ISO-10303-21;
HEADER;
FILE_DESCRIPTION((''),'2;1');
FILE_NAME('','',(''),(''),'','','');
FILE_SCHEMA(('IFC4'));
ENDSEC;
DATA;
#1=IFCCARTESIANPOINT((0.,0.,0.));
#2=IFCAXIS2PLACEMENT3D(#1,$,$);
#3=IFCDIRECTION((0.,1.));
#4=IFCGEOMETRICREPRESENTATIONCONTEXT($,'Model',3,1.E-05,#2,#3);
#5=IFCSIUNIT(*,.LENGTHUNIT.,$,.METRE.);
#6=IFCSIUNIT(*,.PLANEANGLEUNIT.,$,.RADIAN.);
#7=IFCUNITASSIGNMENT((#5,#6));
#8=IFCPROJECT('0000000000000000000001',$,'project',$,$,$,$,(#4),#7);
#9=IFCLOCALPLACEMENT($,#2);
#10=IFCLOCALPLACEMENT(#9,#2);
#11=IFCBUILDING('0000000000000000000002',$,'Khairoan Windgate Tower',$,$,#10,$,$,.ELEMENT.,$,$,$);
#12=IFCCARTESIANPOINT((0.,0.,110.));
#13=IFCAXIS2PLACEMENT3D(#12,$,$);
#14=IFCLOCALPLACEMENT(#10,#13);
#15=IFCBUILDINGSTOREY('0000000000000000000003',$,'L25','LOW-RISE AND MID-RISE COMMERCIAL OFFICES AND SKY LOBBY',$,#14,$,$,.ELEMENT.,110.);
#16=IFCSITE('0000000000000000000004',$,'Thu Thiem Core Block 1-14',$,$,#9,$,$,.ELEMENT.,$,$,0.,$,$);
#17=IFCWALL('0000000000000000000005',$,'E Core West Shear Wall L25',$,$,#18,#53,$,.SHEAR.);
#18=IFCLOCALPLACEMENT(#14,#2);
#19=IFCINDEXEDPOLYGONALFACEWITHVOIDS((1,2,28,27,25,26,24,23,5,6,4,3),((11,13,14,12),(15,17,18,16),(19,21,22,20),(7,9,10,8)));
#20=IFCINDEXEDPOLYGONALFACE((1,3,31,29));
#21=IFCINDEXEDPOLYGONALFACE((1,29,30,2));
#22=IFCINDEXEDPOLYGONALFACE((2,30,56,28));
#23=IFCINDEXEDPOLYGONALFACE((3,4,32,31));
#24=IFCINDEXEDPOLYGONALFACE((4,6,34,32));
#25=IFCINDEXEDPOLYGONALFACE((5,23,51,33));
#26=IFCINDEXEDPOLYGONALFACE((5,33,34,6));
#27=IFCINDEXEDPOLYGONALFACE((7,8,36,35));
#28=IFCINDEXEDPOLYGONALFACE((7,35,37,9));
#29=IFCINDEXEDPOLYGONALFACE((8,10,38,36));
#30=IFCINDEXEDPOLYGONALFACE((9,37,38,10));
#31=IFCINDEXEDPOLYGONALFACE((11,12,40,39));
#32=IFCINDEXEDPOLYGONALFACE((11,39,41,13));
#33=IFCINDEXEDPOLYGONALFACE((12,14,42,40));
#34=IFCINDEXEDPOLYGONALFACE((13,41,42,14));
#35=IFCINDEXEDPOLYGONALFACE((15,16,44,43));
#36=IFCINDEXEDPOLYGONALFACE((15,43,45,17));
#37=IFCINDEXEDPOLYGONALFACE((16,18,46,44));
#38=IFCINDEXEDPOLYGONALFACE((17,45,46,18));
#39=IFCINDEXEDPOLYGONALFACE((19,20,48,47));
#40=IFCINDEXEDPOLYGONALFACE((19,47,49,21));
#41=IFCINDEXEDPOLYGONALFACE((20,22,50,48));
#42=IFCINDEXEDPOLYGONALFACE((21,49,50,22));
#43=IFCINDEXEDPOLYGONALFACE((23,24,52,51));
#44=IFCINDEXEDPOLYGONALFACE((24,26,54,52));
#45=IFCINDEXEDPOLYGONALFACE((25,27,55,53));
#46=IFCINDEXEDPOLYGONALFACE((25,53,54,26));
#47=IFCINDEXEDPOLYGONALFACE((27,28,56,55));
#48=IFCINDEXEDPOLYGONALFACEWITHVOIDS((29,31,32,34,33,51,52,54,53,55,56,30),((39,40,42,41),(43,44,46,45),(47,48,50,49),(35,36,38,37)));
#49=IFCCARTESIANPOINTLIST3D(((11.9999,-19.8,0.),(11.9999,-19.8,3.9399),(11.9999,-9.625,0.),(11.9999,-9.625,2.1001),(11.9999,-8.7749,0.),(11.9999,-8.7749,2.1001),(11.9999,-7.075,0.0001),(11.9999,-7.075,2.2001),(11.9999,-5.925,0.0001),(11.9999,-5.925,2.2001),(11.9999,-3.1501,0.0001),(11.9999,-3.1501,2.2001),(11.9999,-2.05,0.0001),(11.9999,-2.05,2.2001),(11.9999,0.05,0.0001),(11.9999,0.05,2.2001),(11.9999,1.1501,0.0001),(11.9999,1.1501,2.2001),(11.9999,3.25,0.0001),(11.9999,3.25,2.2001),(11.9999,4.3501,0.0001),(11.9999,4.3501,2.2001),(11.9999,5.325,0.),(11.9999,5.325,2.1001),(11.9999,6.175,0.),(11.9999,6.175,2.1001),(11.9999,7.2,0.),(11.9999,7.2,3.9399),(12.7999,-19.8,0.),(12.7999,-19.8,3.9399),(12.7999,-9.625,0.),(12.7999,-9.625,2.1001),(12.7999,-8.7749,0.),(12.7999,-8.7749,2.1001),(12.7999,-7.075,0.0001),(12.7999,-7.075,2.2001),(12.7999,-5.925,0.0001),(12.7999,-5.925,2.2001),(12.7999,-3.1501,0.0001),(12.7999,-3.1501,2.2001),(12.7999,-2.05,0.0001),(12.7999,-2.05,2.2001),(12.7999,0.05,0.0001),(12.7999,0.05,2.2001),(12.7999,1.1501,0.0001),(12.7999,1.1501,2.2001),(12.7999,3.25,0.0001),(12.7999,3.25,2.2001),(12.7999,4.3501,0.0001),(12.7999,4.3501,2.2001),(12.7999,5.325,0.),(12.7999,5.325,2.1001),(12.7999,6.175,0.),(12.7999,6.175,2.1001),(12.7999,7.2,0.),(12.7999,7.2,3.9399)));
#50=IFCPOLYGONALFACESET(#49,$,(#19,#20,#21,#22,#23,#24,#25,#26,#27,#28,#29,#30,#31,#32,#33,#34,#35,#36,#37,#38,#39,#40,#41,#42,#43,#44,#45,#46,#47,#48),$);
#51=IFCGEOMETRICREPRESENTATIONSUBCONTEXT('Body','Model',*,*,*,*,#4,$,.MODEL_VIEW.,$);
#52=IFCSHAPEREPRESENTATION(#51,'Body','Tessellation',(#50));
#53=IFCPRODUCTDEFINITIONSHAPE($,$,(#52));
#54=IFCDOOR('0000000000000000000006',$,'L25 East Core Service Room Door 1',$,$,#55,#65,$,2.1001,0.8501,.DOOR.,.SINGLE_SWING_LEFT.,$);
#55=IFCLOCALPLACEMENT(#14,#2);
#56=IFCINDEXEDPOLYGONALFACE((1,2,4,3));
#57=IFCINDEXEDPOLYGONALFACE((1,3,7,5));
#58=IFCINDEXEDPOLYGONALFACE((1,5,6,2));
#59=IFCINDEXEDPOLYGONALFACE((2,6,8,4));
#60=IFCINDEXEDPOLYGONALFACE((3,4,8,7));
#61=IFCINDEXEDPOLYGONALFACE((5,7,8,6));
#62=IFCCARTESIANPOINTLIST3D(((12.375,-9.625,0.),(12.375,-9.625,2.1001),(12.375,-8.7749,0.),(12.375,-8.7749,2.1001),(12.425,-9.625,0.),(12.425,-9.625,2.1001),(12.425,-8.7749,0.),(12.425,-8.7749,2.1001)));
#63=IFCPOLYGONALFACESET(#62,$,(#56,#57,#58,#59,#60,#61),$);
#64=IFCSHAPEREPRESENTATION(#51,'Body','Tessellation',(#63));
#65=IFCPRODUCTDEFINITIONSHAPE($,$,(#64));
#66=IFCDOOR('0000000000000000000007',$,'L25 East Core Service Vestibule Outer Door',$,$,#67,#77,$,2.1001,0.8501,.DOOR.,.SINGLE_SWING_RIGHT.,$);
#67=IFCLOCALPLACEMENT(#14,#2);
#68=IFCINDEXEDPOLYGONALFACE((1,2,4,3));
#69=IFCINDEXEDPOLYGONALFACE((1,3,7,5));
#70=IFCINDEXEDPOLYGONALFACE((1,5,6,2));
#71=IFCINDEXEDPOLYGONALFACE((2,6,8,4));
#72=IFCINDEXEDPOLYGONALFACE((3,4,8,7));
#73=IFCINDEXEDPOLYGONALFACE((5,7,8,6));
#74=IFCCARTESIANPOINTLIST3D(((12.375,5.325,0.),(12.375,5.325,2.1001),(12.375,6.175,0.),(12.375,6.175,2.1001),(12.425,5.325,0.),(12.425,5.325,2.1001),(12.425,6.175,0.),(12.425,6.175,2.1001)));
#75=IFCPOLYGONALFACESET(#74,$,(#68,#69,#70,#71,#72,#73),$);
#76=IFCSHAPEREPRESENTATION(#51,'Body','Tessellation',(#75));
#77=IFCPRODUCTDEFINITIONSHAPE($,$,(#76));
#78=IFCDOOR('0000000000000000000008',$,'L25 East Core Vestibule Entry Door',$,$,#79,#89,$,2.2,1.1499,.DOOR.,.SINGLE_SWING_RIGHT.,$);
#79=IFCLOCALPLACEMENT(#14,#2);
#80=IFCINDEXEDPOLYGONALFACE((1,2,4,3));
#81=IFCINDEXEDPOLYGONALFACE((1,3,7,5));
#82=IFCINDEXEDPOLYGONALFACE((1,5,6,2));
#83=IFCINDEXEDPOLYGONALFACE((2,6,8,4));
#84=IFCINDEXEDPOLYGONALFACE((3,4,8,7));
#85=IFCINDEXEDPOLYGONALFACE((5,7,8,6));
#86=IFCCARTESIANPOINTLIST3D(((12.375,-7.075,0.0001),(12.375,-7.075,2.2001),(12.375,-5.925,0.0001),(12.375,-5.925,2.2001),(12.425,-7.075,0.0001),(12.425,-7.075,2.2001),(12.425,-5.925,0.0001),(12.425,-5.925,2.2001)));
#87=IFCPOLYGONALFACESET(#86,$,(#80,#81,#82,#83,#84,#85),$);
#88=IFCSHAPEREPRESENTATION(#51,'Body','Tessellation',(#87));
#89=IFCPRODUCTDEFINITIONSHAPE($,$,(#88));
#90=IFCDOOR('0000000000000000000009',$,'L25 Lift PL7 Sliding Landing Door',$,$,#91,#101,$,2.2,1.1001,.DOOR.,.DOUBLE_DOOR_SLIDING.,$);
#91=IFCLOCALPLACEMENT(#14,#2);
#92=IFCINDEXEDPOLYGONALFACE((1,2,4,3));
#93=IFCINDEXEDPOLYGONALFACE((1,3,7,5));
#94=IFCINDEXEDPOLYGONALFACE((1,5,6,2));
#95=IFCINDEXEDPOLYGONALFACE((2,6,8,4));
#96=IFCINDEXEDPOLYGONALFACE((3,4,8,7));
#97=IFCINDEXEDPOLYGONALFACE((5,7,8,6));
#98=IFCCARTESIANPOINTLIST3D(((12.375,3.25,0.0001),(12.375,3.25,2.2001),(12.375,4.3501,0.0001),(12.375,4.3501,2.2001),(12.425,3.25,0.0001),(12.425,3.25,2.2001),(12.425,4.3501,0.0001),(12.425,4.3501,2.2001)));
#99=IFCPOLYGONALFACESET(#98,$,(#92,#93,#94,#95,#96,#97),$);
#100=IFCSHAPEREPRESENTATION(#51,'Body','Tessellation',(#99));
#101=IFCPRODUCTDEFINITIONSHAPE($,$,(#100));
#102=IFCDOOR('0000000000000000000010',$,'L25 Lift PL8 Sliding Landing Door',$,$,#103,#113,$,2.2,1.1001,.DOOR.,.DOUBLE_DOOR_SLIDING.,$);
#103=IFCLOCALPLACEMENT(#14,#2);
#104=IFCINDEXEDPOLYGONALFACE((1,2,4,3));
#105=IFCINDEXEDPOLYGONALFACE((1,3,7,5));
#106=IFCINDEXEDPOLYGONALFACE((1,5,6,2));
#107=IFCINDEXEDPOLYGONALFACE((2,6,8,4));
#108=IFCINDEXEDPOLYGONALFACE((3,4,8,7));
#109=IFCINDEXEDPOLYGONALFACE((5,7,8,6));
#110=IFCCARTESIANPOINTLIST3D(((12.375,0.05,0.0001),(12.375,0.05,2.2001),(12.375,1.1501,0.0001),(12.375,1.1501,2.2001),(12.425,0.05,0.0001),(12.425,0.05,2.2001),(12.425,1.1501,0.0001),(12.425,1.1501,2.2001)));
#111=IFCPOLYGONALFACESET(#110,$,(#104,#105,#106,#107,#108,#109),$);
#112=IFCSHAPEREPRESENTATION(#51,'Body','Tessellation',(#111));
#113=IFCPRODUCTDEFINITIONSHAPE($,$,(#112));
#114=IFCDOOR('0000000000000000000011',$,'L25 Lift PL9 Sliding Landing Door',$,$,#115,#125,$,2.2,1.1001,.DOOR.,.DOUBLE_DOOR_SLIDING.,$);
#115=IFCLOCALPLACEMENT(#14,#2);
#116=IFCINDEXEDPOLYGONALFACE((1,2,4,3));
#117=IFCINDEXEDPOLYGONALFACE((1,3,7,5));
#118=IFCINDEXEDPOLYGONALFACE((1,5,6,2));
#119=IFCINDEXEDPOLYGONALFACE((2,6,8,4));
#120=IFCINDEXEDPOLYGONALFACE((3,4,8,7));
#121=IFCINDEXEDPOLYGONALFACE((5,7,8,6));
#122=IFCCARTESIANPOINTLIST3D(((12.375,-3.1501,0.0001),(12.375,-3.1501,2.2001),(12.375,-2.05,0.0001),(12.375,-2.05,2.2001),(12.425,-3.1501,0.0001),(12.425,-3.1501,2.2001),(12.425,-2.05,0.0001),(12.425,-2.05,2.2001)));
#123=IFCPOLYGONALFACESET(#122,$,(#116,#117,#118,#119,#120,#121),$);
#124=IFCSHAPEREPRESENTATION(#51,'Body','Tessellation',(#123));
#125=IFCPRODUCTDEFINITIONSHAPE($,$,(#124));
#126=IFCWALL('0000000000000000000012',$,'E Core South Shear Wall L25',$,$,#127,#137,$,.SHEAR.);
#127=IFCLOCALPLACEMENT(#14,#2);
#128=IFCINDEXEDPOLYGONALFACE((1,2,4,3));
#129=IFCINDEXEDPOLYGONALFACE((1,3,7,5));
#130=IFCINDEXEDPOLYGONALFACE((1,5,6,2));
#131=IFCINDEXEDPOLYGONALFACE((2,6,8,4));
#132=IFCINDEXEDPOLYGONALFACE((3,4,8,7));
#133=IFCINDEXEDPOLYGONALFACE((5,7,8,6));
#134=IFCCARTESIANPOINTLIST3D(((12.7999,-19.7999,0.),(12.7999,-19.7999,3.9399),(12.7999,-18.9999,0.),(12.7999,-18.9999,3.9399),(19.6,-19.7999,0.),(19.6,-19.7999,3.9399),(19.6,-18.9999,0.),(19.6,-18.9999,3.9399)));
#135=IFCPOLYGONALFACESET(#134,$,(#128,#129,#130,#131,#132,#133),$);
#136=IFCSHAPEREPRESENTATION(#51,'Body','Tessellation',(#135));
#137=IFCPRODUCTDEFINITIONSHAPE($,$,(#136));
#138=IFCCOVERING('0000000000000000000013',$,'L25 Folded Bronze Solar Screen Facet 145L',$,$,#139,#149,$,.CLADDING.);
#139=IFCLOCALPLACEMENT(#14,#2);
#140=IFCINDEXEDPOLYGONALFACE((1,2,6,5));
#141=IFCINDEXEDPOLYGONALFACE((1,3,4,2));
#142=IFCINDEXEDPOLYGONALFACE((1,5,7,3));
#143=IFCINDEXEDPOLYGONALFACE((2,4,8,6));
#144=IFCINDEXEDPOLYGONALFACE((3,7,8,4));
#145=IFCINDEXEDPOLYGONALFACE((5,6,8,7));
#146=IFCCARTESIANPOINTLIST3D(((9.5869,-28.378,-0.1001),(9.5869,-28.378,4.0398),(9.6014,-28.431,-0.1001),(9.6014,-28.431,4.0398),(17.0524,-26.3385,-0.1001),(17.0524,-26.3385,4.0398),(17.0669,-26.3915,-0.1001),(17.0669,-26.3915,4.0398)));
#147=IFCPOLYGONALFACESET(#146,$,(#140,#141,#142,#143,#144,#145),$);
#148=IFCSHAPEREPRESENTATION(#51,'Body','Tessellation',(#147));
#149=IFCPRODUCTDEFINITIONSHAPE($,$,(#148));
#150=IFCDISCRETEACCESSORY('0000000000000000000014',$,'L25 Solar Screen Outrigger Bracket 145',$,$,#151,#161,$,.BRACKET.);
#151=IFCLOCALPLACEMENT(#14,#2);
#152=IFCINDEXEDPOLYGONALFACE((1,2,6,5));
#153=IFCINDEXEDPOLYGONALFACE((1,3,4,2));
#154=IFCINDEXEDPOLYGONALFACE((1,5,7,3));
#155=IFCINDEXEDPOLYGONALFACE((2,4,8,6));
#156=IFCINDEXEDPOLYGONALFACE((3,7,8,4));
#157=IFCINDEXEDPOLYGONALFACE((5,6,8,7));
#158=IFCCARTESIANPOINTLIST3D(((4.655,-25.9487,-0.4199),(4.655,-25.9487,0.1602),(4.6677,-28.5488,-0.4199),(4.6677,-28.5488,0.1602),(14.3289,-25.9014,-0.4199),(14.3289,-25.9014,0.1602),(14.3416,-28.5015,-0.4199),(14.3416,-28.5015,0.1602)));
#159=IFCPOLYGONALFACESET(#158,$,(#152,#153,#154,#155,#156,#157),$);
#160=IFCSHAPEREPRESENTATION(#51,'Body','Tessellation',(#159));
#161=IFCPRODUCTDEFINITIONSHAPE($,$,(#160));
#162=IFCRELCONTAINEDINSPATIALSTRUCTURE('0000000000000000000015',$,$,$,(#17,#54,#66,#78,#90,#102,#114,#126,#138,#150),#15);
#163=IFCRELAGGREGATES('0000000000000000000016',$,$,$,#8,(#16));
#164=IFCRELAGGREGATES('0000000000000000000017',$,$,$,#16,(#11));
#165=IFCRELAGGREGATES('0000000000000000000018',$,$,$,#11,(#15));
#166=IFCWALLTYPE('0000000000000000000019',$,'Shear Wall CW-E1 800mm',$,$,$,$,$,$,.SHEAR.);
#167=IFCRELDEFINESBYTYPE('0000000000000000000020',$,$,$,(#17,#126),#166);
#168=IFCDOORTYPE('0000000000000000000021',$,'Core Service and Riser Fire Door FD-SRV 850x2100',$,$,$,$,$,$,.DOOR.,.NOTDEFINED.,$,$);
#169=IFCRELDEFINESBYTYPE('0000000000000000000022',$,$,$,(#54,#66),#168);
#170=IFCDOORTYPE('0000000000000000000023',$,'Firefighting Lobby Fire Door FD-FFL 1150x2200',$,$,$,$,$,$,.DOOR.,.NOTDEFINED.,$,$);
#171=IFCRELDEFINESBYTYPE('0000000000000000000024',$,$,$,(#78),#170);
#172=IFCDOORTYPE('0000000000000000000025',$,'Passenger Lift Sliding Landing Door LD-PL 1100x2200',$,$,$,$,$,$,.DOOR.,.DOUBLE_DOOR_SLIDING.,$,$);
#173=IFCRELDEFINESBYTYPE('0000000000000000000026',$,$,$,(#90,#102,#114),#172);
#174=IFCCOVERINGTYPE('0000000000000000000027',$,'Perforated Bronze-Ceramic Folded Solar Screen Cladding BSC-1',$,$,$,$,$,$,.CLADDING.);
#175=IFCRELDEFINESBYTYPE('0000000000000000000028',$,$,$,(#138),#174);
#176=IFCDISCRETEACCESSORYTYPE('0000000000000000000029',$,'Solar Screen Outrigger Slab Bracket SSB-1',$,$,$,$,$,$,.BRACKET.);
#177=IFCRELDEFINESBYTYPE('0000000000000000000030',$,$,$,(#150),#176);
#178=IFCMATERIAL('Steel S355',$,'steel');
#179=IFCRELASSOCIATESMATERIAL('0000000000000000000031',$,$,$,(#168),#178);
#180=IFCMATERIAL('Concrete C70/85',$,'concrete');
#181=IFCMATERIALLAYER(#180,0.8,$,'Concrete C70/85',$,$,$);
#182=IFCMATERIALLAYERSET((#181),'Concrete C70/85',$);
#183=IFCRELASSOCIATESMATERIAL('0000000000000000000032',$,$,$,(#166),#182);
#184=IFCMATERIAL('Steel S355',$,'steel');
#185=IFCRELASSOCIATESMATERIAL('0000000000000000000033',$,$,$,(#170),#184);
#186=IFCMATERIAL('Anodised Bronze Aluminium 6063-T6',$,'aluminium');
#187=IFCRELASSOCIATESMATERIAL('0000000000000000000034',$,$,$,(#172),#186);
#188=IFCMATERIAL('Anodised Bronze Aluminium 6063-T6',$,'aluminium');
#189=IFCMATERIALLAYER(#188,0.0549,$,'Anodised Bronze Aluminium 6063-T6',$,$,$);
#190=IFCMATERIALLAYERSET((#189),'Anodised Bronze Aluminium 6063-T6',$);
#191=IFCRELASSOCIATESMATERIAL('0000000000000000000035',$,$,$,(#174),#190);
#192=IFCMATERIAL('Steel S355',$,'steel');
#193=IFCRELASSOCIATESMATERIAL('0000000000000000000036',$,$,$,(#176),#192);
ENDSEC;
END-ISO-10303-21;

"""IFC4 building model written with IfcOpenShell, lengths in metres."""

from ifc_helpers import new_model, si_unit, direction, frame, frame_2d, origin, origin_2d, place, context, subcontext, project, spatial, rectangle, extrude, material, layer, layer_set, type_object, element, fill, save


model = new_model("IFC4")

# Units and contexts
model_context = context("Model", 3, precision=1e-05, world=origin(), true_north=direction((0.0, 1.0)))
body_context = subcontext(model_context, "Body", "Model", "MODEL_VIEW")
ifc_project = project(units=[si_unit("LENGTHUNIT", "METRE"), si_unit("PLANEANGLEUNIT", "RADIAN")], contexts=[model_context])

# Site, building, storey
site_placement = place(None, origin())
site = spatial("IfcSite", under=ifc_project, at=site_placement, Name="Thu Thiem Core Block 1-14", CompositionType="ELEMENT", RefElevation=0.0)
building_placement = place(site_placement, origin())
building = spatial("IfcBuilding", under=site, at=building_placement, Name="Khairoan Windgate Tower", CompositionType="ELEMENT")
storey_placement = place(building_placement, frame((0.0, 0.0, 110.0)))
storey = spatial("IfcBuildingStorey", under=building, at=storey_placement, Name="L25", Description="LOW-RISE AND MID-RISE COMMERCIAL OFFICES AND SKY LOBBY", CompositionType="ELEMENT", Elevation=110.0)

# Shared definitions
ifc_material_1 = material(Name="Steel S355", Category="steel")
door_type_1 = type_object("IfcDoorType", Name="Core Service and Riser Fire Door FD-SRV 850x2100", OperationType="NOTDEFINED", PredefinedType="DOOR", material=ifc_material_1)

# Wall, openings, doors
ifc_material_2 = material(Name="Concrete C70/85", Category="concrete")
ifc_layer_1 = layer(ifc_material_2, 0.8, Name="Concrete C70/85")
ifc_layer_set_1 = layer_set([ifc_layer_1], Name="Concrete C70/85")
wall_type_1 = type_object("IfcWallType", Name="Shear Wall CW-E1 800mm", PredefinedType="SHEAR", material=ifc_layer_set_1)
wall_1_placement = place(storey_placement, frame((12.3999, -19.8, 0.0), z_axis=(0.0, 0.0, 1.0), x_axis=(0.0, 1.0, 0.0)))
wall_1 = element("IfcWall", 1, at=wall_1_placement, inside=storey, type_object=wall_type_1, Name="E Core West Shear Wall L25", PredefinedType="SHEAR", context=body_context, shape_type="SweptSolid", body=[
    extrude(rectangle(XDim=27.0, YDim=0.8, at=frame_2d((13.5, 0.0))), origin(), (0.0, 0.0, 1.0), 3.9399),
])
opening_1_placement = place(wall_1_placement, frame((23.05, 0.0, 0.0)))
opening_1 = element("IfcOpeningElement", 2, at=opening_1_placement, cuts=wall_1, PredefinedType="OPENING", context=body_context, shape_type="SweptSolid", body=[
    extrude(rectangle(XDim=1.1001, YDim=2.2, at=frame_2d((0.55, 1.1001))), frame((0.0, 0.4099, 0.0), z_axis=(0.0, -1.0, 0.0), x_axis=(1.0, 0.0, 0.0)), (0.0, 0.0, 1.0), 0.8201),
])
opening_2_placement = place(wall_1_placement, frame((19.8501, 0.0, 0.0)))
opening_2 = element("IfcOpeningElement", 3, at=opening_2_placement, cuts=wall_1, PredefinedType="OPENING", context=body_context, shape_type="SweptSolid", body=[
    extrude(rectangle(XDim=1.1001, YDim=2.2, at=frame_2d((0.55, 1.1001))), frame((0.0, 0.4099, 0.0), z_axis=(0.0, -1.0, 0.0), x_axis=(1.0, 0.0, 0.0)), (0.0, 0.0, 1.0), 0.8201),
])
opening_3_placement = place(wall_1_placement, frame((16.6499, 0.0, 0.0)))
opening_3 = element("IfcOpeningElement", 4, at=opening_3_placement, cuts=wall_1, PredefinedType="OPENING", context=body_context, shape_type="SweptSolid", body=[
    extrude(rectangle(XDim=1.1001, YDim=2.2, at=frame_2d((0.55, 1.1001))), frame((0.0, 0.4099, 0.0), z_axis=(0.0, -1.0, 0.0), x_axis=(1.0, 0.0, 0.0)), (0.0, 0.0, 1.0), 0.8201),
])
opening_4_placement = place(wall_1_placement, frame((10.175, 0.0, 0.0)))
opening_4 = element("IfcOpeningElement", 5, at=opening_4_placement, cuts=wall_1, PredefinedType="OPENING", context=body_context, shape_type="SweptSolid", body=[
    extrude(rectangle(XDim=0.8501, YDim=2.1001, at=frame_2d((0.425, 1.05))), frame((0.0, 0.4099, 0.0), z_axis=(0.0, -1.0, 0.0), x_axis=(1.0, 0.0, 0.0)), (0.0, 0.0, 1.0), 0.8201),
])
opening_5_placement = place(wall_1_placement, frame((12.7251, 0.0, 0.0)))
opening_5 = element("IfcOpeningElement", 6, at=opening_5_placement, cuts=wall_1, PredefinedType="OPENING", context=body_context, shape_type="SweptSolid", body=[
    extrude(rectangle(XDim=1.1499, YDim=2.2, at=frame_2d((0.575, 1.1001))), frame((0.0, 0.4099, 0.0), z_axis=(0.0, -1.0, 0.0), x_axis=(1.0, 0.0, 0.0)), (0.0, 0.0, 1.0), 0.8201),
])
opening_6_placement = place(wall_1_placement, frame((25.125, 0.0, 0.0)))
opening_6 = element("IfcOpeningElement", 7, at=opening_6_placement, cuts=wall_1, PredefinedType="OPENING", context=body_context, shape_type="SweptSolid", body=[
    extrude(rectangle(XDim=0.8501, YDim=2.1001, at=frame_2d((0.425, 1.05))), frame((0.0, 0.4099, 0.0), z_axis=(0.0, -1.0, 0.0), x_axis=(1.0, 0.0, 0.0)), (0.0, 0.0, 1.0), 0.8201),
])
door_1_placement = place(opening_4_placement, origin())
door_1 = element("IfcDoor", 8, at=door_1_placement, inside=storey, type_object=door_type_1, Name="L25 East Core Service Room Door 1", OperationType="SINGLE_SWING_LEFT", OverallHeight=2.1001, OverallWidth=0.8501, PredefinedType="DOOR", context=body_context, shape_type="SweptSolid", body=[
    extrude(rectangle(XDim=0.8501, YDim=2.1001, at=frame_2d((0.425, 1.05))), frame((0.0, 0.0249, 0.0), z_axis=(0.0, -1.0, 0.0), x_axis=(1.0, 0.0, 0.0)), (0.0, 0.0, 1.0), 0.05),
])
fill(opening_4, door_1)
door_2_placement = place(opening_6_placement, origin())
door_2 = element("IfcDoor", 9, at=door_2_placement, inside=storey, type_object=door_type_1, Name="L25 East Core Service Vestibule Outer Door", OperationType="SINGLE_SWING_RIGHT", OverallHeight=2.1001, OverallWidth=0.8501, PredefinedType="DOOR", context=body_context, shape_type="SweptSolid", body=[
    extrude(rectangle(XDim=0.8501, YDim=2.1001, at=frame_2d((0.425, 1.05))), frame((0.0, 0.0249, 0.0), z_axis=(0.0, -1.0, 0.0), x_axis=(1.0, 0.0, 0.0)), (0.0, 0.0, 1.0), 0.05),
])
fill(opening_6, door_2)
ifc_material_3 = material(Name="Steel S355", Category="steel")
door_type_2 = type_object("IfcDoorType", Name="Firefighting Lobby Fire Door FD-FFL 1150x2200", OperationType="NOTDEFINED", PredefinedType="DOOR", material=ifc_material_3)
door_3_placement = place(opening_5_placement, origin())
door_3 = element("IfcDoor", 10, at=door_3_placement, inside=storey, type_object=door_type_2, Name="L25 East Core Vestibule Entry Door", OperationType="SINGLE_SWING_RIGHT", OverallHeight=2.2, OverallWidth=1.1499, PredefinedType="DOOR", context=body_context, shape_type="SweptSolid", body=[
    extrude(rectangle(XDim=1.1499, YDim=2.2, at=frame_2d((0.575, 1.1001))), frame((0.0, 0.0249, 0.0), z_axis=(0.0, -1.0, 0.0), x_axis=(1.0, 0.0, 0.0)), (0.0, 0.0, 1.0), 0.05),
])
fill(opening_5, door_3)
ifc_material_4 = material(Name="Anodised Bronze Aluminium 6063-T6", Category="aluminium")
door_type_3 = type_object("IfcDoorType", Name="Passenger Lift Sliding Landing Door LD-PL 1100x2200", OperationType="DOUBLE_DOOR_SLIDING", PredefinedType="DOOR", material=ifc_material_4)
door_4_placement = place(opening_1_placement, origin())
door_4 = element("IfcDoor", 11, at=door_4_placement, inside=storey, type_object=door_type_3, Name="L25 Lift PL7 Sliding Landing Door", OperationType="DOUBLE_DOOR_SLIDING", OverallHeight=2.2, OverallWidth=1.1001, PredefinedType="DOOR", context=body_context, shape_type="SweptSolid", body=[
    extrude(rectangle(XDim=1.1001, YDim=2.2, at=frame_2d((0.55, 1.1001))), frame((0.0, 0.0249, 0.0), z_axis=(0.0, -1.0, 0.0), x_axis=(1.0, 0.0, 0.0)), (0.0, 0.0, 1.0), 0.05),
])
fill(opening_1, door_4)
door_5_placement = place(opening_2_placement, origin())
door_5 = element("IfcDoor", 12, at=door_5_placement, inside=storey, type_object=door_type_3, Name="L25 Lift PL8 Sliding Landing Door", OperationType="DOUBLE_DOOR_SLIDING", OverallHeight=2.2, OverallWidth=1.1001, PredefinedType="DOOR", context=body_context, shape_type="SweptSolid", body=[
    extrude(rectangle(XDim=1.1001, YDim=2.2, at=frame_2d((0.55, 1.1001))), frame((0.0, 0.0249, 0.0), z_axis=(0.0, -1.0, 0.0), x_axis=(1.0, 0.0, 0.0)), (0.0, 0.0, 1.0), 0.05),
])
fill(opening_2, door_5)
door_6_placement = place(opening_3_placement, origin())
door_6 = element("IfcDoor", 13, at=door_6_placement, inside=storey, type_object=door_type_3, Name="L25 Lift PL9 Sliding Landing Door", OperationType="DOUBLE_DOOR_SLIDING", OverallHeight=2.2, OverallWidth=1.1001, PredefinedType="DOOR", context=body_context, shape_type="SweptSolid", body=[
    extrude(rectangle(XDim=1.1001, YDim=2.2, at=frame_2d((0.55, 1.1001))), frame((0.0, 0.0249, 0.0), z_axis=(0.0, -1.0, 0.0), x_axis=(1.0, 0.0, 0.0)), (0.0, 0.0, 1.0), 0.05),
])
fill(opening_3, door_6)

# Wall
wall_2_placement = place(storey_placement, frame((12.8, -19.3999, 0.0), z_axis=(0.0, 0.0, 1.0), x_axis=(1.0, 0.0, 0.0)))
element("IfcWall", 14, at=wall_2_placement, inside=storey, type_object=wall_type_1, Name="E Core South Shear Wall L25", PredefinedType="SHEAR", context=body_context, shape_type="SweptSolid", body=[
    extrude(rectangle(XDim=6.8, YDim=0.8, at=frame_2d((3.3999, 0.0))), origin(), (0.0, 0.0, 1.0), 3.9399),
])

# Covering
ifc_material_5 = material(Name="Anodised Bronze Aluminium 6063-T6", Category="aluminium")
ifc_layer_2 = layer(ifc_material_5, 0.0549, Name="Anodised Bronze Aluminium 6063-T6")
ifc_layer_set_2 = layer_set([ifc_layer_2], Name="Anodised Bronze Aluminium 6063-T6")
covering_type = type_object("IfcCoveringType", Name="Perforated Bronze-Ceramic Folded Solar Screen Cladding BSC-1", PredefinedType="CLADDING", material=ifc_layer_set_2)
covering_placement = place(storey_placement, frame((13.3269, -27.3848, -0.1001), z_axis=(0.0, 0.0, 1.0), x_axis=(-0.964649, -0.263536, 0.0)))
element("IfcCovering", 15, at=covering_placement, inside=storey, type_object=covering_type, Name="L25 Folded Bronze Solar Screen Facet 145L", PredefinedType="CLADDING", context=body_context, shape_type="SweptSolid", body=[
    extrude(rectangle(XDim=7.739, YDim=0.0549, at=origin_2d()), origin(), (0.0, 0.0, 1.0), 4.1399),
])

# Discrete accessory
ifc_material_6 = material(Name="Steel S355", Category="steel")
discrete_accessory_type = type_object("IfcDiscreteAccessoryType", Name="Solar Screen Outrigger Slab Bracket SSB-1", PredefinedType="BRACKET", material=ifc_material_6)
discrete_accessory_placement = place(storey_placement, frame((9.4983, -27.2251, -0.4199), z_axis=(0.0, 0.0, 1.0), x_axis=(-0.999988, -0.004887, 0.0)))
element("IfcDiscreteAccessory", 16, at=discrete_accessory_placement, inside=storey, type_object=discrete_accessory_type, Name="L25 Solar Screen Outrigger Bracket 145", PredefinedType="BRACKET", context=body_context, shape_type="SweptSolid", body=[
    extrude(rectangle(XDim=9.6741, YDim=2.6001, at=origin_2d()), origin(), (0.0, 0.0, 1.0), 0.5801),
])

save(model, "model.ifc")
